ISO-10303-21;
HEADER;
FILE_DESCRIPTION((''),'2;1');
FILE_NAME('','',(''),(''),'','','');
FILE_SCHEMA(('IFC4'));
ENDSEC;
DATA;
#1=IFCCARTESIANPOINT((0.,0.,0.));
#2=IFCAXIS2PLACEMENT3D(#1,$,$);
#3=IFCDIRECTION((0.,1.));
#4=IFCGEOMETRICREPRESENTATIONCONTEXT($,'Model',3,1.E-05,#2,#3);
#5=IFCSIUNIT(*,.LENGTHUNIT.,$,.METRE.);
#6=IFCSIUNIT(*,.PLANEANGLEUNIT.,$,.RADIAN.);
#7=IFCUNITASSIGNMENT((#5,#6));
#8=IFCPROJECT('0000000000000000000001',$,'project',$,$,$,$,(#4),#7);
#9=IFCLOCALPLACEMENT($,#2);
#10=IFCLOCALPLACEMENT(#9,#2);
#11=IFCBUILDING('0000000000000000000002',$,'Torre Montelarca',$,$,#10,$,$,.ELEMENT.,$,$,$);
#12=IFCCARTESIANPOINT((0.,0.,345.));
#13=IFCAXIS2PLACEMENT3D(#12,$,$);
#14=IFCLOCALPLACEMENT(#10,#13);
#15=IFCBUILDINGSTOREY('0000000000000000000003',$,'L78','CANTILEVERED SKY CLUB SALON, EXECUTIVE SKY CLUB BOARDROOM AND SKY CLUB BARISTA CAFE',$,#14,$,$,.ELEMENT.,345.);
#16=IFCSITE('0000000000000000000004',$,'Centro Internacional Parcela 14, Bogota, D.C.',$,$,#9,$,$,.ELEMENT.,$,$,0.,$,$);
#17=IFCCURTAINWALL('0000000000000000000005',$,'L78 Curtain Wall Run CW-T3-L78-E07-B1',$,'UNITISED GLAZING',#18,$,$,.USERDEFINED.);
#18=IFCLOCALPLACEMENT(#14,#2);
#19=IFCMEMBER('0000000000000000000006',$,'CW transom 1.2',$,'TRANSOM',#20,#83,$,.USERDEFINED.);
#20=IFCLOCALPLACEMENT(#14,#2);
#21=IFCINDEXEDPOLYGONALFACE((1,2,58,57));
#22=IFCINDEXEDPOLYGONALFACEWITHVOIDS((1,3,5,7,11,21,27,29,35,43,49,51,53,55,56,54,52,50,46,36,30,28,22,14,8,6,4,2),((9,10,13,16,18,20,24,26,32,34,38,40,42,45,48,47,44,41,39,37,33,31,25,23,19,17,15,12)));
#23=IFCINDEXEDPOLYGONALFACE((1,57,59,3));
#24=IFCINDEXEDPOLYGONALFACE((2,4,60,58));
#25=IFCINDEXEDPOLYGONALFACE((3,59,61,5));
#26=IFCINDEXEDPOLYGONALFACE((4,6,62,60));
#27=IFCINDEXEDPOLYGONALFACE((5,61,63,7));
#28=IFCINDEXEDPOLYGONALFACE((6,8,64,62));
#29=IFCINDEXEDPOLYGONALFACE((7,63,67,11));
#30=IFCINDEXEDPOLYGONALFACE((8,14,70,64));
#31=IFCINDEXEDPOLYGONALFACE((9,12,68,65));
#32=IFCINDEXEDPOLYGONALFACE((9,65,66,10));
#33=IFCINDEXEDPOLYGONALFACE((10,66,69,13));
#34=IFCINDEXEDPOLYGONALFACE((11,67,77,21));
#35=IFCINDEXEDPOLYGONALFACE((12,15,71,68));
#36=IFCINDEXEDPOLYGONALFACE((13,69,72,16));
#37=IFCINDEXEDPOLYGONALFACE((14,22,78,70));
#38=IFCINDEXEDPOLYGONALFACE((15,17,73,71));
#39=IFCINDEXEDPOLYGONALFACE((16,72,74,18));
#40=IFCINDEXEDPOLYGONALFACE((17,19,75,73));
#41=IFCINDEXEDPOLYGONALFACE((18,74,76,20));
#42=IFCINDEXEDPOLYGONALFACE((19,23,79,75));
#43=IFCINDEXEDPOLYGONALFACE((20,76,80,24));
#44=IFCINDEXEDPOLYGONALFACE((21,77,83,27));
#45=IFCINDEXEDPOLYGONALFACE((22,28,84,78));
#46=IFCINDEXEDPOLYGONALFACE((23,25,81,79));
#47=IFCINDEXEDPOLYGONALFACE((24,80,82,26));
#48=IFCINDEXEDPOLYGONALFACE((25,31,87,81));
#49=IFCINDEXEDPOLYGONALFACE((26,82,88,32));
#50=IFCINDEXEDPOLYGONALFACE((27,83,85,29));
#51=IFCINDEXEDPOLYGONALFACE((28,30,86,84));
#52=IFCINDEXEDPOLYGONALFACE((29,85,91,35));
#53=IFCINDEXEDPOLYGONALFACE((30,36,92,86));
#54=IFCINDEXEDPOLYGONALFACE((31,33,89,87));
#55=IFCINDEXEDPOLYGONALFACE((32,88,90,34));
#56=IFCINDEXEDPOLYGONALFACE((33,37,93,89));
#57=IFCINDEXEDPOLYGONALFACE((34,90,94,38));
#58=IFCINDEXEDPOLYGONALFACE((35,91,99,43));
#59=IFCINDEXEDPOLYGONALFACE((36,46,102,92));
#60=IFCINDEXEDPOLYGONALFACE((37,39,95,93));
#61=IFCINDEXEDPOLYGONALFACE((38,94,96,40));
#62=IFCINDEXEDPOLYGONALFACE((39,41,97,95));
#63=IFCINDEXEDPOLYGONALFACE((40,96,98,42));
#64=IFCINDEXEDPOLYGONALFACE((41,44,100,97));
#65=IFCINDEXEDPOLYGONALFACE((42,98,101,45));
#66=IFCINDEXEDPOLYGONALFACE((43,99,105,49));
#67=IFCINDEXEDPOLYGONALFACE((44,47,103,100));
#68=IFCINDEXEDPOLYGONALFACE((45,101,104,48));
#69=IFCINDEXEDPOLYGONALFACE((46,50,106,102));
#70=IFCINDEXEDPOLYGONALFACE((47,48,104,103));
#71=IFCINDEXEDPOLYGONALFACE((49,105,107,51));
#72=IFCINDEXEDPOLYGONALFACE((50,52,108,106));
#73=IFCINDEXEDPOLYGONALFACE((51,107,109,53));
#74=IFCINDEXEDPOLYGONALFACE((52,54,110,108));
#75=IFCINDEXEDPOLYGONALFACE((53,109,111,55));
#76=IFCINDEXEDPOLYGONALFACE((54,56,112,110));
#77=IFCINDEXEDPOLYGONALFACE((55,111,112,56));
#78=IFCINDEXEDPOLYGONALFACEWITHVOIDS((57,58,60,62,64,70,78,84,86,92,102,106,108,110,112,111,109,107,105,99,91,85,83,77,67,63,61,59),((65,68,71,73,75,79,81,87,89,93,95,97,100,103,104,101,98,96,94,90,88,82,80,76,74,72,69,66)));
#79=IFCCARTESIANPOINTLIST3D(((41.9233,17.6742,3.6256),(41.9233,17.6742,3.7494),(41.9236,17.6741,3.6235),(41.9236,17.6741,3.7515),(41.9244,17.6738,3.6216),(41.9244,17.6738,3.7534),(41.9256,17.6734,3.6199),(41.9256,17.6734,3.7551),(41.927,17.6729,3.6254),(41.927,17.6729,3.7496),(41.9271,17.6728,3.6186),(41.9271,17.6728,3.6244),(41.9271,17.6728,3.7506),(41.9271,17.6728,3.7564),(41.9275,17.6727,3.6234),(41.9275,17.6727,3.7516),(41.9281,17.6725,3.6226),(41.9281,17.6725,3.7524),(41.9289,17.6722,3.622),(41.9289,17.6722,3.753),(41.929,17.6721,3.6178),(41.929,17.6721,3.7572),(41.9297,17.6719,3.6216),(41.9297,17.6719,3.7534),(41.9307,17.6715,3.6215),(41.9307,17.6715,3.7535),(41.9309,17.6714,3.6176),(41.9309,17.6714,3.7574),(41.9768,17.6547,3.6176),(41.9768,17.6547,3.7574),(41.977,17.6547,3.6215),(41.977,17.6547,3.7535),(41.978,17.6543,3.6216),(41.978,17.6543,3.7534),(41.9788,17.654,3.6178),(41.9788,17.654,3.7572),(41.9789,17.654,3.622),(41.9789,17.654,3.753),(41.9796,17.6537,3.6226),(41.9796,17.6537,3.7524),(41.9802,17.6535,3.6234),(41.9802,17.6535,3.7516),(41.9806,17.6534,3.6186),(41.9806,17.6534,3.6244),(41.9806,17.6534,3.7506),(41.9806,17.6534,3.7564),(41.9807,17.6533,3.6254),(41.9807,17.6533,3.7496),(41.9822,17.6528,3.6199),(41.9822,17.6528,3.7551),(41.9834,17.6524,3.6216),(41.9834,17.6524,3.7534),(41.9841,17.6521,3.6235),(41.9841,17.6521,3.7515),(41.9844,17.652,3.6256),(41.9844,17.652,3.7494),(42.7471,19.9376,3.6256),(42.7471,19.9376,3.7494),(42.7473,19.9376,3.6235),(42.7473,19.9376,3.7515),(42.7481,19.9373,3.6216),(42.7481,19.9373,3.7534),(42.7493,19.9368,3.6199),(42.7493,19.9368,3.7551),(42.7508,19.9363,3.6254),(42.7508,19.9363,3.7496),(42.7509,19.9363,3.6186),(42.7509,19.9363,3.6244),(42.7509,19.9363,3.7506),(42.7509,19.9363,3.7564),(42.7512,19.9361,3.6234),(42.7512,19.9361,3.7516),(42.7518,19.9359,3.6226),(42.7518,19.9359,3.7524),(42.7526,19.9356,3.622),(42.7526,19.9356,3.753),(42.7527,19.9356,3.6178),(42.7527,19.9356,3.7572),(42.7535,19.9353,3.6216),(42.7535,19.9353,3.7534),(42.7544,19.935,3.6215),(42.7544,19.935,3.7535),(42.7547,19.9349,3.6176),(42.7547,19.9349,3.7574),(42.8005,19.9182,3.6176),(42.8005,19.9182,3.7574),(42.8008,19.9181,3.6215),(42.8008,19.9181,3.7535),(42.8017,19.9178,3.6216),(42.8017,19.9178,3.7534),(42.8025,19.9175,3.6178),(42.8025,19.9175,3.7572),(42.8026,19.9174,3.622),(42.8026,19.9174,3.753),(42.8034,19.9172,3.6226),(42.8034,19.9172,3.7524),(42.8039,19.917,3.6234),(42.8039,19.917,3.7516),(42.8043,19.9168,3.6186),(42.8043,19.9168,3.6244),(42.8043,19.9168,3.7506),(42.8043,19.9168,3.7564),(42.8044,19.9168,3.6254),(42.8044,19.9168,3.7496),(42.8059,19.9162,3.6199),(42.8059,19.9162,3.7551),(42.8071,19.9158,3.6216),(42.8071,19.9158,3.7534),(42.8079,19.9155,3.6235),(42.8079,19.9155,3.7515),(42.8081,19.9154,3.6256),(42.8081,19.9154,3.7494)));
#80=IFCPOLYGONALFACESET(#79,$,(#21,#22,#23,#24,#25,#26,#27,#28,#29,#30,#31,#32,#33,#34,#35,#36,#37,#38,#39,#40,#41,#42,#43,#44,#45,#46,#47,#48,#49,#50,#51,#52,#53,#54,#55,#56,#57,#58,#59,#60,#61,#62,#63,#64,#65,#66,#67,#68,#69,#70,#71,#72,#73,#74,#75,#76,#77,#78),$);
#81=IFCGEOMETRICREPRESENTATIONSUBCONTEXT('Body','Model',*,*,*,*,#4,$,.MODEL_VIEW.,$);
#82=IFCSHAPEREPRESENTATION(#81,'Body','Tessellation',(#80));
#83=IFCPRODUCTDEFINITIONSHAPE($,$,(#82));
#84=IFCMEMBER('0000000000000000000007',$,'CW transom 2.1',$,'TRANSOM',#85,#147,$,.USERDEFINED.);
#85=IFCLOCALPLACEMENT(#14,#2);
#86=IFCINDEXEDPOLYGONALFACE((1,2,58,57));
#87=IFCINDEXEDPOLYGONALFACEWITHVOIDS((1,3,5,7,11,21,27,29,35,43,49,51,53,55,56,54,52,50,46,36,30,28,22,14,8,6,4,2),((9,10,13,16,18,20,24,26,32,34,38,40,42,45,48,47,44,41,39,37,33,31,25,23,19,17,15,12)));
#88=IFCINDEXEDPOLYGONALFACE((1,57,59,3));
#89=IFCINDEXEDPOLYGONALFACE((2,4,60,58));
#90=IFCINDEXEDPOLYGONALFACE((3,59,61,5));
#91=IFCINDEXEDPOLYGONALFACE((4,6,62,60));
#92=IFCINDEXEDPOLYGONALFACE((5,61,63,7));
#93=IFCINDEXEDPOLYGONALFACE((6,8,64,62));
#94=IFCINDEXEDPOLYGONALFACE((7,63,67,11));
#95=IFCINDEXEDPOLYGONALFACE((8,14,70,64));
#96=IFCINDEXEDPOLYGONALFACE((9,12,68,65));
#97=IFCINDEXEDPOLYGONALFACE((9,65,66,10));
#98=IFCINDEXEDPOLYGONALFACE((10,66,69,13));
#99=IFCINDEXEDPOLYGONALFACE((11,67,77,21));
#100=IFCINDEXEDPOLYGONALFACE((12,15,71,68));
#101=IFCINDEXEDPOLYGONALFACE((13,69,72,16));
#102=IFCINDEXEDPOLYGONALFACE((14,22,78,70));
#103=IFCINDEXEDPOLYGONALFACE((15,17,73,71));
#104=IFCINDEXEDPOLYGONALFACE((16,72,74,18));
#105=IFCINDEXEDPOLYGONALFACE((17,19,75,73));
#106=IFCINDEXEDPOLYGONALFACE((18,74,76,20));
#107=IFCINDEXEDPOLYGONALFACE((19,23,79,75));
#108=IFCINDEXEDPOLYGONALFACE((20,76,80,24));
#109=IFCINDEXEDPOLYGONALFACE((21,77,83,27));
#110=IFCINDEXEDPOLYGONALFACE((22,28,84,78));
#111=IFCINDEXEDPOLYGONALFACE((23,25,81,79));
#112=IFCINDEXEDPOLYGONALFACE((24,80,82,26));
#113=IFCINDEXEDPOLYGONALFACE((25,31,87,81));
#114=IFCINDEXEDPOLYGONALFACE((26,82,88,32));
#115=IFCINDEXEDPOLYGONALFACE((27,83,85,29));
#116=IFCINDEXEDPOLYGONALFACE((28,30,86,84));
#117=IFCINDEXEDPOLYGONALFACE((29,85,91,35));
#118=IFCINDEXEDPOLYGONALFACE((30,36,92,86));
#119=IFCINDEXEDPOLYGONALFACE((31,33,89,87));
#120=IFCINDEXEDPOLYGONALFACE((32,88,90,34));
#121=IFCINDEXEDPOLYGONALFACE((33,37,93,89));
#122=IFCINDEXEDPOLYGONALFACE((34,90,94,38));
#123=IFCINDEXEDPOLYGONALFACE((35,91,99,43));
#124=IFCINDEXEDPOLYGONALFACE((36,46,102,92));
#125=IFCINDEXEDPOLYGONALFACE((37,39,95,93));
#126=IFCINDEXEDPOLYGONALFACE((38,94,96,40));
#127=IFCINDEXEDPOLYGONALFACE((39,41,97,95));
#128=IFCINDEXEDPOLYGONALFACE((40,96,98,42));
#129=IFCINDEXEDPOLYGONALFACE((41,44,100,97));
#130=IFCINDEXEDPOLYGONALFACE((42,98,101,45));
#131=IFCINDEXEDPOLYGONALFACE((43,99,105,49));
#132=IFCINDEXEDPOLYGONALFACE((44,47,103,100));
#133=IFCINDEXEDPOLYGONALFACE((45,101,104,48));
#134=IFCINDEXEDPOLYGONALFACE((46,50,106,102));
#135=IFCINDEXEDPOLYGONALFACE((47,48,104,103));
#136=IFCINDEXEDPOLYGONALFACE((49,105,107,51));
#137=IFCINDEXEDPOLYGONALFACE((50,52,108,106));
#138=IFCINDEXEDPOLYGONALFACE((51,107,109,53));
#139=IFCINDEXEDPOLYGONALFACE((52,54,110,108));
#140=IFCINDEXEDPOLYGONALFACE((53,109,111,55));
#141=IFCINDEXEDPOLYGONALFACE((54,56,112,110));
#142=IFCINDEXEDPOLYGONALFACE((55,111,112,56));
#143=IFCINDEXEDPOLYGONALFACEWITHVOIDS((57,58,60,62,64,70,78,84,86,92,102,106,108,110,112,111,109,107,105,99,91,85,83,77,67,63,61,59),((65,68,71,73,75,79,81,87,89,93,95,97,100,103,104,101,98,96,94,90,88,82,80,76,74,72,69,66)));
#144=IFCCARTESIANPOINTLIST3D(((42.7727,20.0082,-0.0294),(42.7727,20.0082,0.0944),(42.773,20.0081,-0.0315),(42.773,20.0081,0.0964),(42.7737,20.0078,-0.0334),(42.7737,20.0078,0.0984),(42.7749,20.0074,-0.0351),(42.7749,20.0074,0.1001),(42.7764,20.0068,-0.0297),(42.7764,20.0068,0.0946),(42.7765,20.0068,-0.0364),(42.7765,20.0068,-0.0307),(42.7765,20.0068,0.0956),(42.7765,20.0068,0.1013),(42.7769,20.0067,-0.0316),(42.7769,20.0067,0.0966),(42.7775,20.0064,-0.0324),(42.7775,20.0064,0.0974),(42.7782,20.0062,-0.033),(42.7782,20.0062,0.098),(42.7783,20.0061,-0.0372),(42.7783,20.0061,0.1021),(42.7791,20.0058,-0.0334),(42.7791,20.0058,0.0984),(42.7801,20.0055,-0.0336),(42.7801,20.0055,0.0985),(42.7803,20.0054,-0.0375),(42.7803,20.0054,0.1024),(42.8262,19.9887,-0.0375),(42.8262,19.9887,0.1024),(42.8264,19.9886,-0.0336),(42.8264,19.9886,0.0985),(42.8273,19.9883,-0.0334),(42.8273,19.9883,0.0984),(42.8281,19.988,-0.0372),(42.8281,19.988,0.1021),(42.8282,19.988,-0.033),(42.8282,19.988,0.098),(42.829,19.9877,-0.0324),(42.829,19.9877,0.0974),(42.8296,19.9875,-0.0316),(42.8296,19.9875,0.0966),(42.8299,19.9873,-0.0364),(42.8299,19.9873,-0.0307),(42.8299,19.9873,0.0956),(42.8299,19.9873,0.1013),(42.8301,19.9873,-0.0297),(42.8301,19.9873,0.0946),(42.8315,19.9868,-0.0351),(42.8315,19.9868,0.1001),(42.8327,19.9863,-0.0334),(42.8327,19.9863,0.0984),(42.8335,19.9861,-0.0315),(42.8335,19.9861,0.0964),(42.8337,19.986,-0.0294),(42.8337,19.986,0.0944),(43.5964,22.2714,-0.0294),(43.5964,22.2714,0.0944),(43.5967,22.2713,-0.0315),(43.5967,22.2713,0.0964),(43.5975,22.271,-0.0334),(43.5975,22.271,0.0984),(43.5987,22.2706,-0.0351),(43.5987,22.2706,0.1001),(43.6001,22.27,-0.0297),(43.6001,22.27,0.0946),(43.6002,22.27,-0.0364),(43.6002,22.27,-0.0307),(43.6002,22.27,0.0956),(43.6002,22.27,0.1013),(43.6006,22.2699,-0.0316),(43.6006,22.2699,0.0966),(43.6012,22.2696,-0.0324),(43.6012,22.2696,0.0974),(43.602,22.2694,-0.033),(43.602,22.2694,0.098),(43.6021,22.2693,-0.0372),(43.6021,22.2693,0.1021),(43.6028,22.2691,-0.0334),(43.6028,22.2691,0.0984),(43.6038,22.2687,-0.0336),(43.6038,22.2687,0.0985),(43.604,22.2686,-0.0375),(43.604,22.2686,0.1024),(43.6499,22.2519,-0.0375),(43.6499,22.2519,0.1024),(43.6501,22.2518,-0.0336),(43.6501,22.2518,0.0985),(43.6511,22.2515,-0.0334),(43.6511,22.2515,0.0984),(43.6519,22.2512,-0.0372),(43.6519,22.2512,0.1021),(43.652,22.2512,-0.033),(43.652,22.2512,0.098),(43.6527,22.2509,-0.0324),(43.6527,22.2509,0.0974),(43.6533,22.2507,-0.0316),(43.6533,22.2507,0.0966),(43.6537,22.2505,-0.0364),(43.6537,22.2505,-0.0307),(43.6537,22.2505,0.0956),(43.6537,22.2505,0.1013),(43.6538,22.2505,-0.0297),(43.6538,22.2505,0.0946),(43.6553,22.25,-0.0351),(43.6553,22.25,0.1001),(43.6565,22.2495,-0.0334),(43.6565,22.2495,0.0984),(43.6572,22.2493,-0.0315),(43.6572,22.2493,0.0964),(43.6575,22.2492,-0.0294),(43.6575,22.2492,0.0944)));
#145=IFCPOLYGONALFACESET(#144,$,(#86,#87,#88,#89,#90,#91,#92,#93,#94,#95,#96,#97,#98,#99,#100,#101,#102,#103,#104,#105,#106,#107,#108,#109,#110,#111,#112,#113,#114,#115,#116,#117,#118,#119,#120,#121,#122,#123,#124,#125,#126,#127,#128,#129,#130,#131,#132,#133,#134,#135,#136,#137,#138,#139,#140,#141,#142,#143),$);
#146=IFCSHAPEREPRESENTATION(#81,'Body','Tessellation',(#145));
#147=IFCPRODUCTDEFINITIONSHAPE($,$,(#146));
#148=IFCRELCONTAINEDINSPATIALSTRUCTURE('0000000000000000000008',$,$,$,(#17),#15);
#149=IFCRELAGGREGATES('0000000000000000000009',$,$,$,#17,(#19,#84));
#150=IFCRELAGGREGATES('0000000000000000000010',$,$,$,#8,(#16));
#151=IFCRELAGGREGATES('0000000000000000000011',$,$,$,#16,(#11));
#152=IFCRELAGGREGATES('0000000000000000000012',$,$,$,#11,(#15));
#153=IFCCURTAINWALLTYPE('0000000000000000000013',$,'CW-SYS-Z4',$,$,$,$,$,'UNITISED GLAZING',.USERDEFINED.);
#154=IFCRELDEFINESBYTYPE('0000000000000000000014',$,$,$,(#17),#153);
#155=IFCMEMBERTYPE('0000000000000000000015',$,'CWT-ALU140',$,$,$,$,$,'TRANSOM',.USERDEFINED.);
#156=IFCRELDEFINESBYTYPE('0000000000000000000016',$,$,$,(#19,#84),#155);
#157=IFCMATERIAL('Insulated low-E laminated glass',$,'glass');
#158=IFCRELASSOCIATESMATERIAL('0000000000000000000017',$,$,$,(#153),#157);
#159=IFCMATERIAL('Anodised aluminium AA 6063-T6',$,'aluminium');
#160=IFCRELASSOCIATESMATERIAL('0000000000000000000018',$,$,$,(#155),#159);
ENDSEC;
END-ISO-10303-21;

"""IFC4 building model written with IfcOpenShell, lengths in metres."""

from ifc_helpers import new_model, si_unit, direction, frame, origin, origin_2d, place, context, subcontext, project, spatial, hollow_rectangle, extrude, source, transform, mapped, material, material_profile, profile_set, type_object, element, aggregate, save


model = new_model("IFC4")

# Units and contexts
model_context = context("Model", 3, precision=1e-05, world=origin(), true_north=direction((0.0, 1.0)))
body_context = subcontext(model_context, "Body", "Model", "MODEL_VIEW")
ifc_project = project(units=[si_unit("LENGTHUNIT", "METRE"), si_unit("PLANEANGLEUNIT", "RADIAN")], contexts=[model_context])

# Site, building, storey
site_placement = place(None, origin())
site = spatial("IfcSite", under=ifc_project, at=site_placement, Name="Centro Internacional Parcela 14, Bogota, D.C.", CompositionType="ELEMENT", RefElevation=0.0)
building_placement = place(site_placement, origin())
building = spatial("IfcBuilding", under=site, at=building_placement, Name="Torre Montelarca", CompositionType="ELEMENT")
storey_placement = place(building_placement, frame((0.0, 0.0, 345.0)))
storey = spatial("IfcBuildingStorey", under=building, at=storey_placement, Name="L78", Description="CANTILEVERED SKY CLUB SALON, EXECUTIVE SKY CLUB BOARDROOM AND SKY CLUB BARISTA CAFE", CompositionType="ELEMENT", Elevation=345.0)

# Curtain wall, members
ifc_material_1 = material(Name="Insulated low-E laminated glass", Category="glass")
curtain_wall_type = type_object("IfcCurtainWallType", Name="CW-SYS-Z4", ElementType="UNITISED GLAZING", PredefinedType="USERDEFINED", material=ifc_material_1)
ifc_material_2 = material(Name="Anodised aluminium AA 6063-T6", Category="aluminium")
curtain_wall_1_placement = place(storey_placement, origin())
curtain_wall_1 = element("IfcCurtainWall", 1, at=curtain_wall_1_placement, inside=storey, type_object=curtain_wall_type, Name="L78 Curtain Wall Run CW-T3-L78-E07-B1", ObjectType="UNITISED GLAZING", PredefinedType="USERDEFINED")
ifc_material_profile_1 = material_profile(ifc_material_2, hollow_rectangle(XDim=0.0649, YDim=0.1399, WallThickness=0.0039, InnerFilletRadius=0.0039, OuterFilletRadius=0.0081, at=origin_2d()), Name="ALU65X140X4", Category="aluminium")
ifc_profile_set_1 = profile_set([ifc_material_profile_1], Name="Anodised aluminium AA 6063-T6")
member_type_1 = type_object("IfcMemberType", Name="CWT-ALU140", ElementType="TRANSOM", PredefinedType="USERDEFINED", material=ifc_profile_set_1)
shared_shape_1 = source(origin(), body_context, "Body", "SweptSolid", [
    extrude(hollow_rectangle(XDim=0.0649, YDim=0.1399, WallThickness=0.0039, InnerFilletRadius=0.0039, OuterFilletRadius=0.0081, at=origin_2d()), origin(), (0.0, 0.0, 1.0), 2.4087),
])
member_1_placement = place(storey_placement, frame((41.9539, 17.6631, 3.6875), z_axis=(0.341987, 0.939705, 0.0), x_axis=(-0.939705, 0.341987, 0.0)))
member_1 = element("IfcMember", 2, at=member_1_placement, type_object=member_type_1, Name="CW transom 1.2", ObjectType="TRANSOM", PredefinedType="USERDEFINED", context=body_context, shape_type="MappedRepresentation", body=[
    mapped(shared_shape_1, transform((0.0, 0.0, 0.0), scale=1.0)),
])
shared_shape_2 = source(origin(), body_context, "Body", "SweptSolid", [
    extrude(hollow_rectangle(XDim=0.0649, YDim=0.1399, WallThickness=0.0039, InnerFilletRadius=0.0039, OuterFilletRadius=0.0081, at=origin_2d()), origin(), (0.0, 0.0, 1.0), 2.4084),
])
member_2_placement = place(storey_placement, frame((42.8032, 19.9971, 0.0325), z_axis=(0.34202, 0.939693, 0.0), x_axis=(-0.939693, 0.34202, 0.0)))
member_2 = element("IfcMember", 3, at=member_2_placement, type_object=member_type_1, Name="CW transom 2.1", ObjectType="TRANSOM", PredefinedType="USERDEFINED", context=body_context, shape_type="MappedRepresentation", body=[
    mapped(shared_shape_2, transform((0.0, 0.0, 0.0), scale=1.0)),
])

aggregate(curtain_wall_1, [member_1, member_2])

save(model, "model.ifc")
